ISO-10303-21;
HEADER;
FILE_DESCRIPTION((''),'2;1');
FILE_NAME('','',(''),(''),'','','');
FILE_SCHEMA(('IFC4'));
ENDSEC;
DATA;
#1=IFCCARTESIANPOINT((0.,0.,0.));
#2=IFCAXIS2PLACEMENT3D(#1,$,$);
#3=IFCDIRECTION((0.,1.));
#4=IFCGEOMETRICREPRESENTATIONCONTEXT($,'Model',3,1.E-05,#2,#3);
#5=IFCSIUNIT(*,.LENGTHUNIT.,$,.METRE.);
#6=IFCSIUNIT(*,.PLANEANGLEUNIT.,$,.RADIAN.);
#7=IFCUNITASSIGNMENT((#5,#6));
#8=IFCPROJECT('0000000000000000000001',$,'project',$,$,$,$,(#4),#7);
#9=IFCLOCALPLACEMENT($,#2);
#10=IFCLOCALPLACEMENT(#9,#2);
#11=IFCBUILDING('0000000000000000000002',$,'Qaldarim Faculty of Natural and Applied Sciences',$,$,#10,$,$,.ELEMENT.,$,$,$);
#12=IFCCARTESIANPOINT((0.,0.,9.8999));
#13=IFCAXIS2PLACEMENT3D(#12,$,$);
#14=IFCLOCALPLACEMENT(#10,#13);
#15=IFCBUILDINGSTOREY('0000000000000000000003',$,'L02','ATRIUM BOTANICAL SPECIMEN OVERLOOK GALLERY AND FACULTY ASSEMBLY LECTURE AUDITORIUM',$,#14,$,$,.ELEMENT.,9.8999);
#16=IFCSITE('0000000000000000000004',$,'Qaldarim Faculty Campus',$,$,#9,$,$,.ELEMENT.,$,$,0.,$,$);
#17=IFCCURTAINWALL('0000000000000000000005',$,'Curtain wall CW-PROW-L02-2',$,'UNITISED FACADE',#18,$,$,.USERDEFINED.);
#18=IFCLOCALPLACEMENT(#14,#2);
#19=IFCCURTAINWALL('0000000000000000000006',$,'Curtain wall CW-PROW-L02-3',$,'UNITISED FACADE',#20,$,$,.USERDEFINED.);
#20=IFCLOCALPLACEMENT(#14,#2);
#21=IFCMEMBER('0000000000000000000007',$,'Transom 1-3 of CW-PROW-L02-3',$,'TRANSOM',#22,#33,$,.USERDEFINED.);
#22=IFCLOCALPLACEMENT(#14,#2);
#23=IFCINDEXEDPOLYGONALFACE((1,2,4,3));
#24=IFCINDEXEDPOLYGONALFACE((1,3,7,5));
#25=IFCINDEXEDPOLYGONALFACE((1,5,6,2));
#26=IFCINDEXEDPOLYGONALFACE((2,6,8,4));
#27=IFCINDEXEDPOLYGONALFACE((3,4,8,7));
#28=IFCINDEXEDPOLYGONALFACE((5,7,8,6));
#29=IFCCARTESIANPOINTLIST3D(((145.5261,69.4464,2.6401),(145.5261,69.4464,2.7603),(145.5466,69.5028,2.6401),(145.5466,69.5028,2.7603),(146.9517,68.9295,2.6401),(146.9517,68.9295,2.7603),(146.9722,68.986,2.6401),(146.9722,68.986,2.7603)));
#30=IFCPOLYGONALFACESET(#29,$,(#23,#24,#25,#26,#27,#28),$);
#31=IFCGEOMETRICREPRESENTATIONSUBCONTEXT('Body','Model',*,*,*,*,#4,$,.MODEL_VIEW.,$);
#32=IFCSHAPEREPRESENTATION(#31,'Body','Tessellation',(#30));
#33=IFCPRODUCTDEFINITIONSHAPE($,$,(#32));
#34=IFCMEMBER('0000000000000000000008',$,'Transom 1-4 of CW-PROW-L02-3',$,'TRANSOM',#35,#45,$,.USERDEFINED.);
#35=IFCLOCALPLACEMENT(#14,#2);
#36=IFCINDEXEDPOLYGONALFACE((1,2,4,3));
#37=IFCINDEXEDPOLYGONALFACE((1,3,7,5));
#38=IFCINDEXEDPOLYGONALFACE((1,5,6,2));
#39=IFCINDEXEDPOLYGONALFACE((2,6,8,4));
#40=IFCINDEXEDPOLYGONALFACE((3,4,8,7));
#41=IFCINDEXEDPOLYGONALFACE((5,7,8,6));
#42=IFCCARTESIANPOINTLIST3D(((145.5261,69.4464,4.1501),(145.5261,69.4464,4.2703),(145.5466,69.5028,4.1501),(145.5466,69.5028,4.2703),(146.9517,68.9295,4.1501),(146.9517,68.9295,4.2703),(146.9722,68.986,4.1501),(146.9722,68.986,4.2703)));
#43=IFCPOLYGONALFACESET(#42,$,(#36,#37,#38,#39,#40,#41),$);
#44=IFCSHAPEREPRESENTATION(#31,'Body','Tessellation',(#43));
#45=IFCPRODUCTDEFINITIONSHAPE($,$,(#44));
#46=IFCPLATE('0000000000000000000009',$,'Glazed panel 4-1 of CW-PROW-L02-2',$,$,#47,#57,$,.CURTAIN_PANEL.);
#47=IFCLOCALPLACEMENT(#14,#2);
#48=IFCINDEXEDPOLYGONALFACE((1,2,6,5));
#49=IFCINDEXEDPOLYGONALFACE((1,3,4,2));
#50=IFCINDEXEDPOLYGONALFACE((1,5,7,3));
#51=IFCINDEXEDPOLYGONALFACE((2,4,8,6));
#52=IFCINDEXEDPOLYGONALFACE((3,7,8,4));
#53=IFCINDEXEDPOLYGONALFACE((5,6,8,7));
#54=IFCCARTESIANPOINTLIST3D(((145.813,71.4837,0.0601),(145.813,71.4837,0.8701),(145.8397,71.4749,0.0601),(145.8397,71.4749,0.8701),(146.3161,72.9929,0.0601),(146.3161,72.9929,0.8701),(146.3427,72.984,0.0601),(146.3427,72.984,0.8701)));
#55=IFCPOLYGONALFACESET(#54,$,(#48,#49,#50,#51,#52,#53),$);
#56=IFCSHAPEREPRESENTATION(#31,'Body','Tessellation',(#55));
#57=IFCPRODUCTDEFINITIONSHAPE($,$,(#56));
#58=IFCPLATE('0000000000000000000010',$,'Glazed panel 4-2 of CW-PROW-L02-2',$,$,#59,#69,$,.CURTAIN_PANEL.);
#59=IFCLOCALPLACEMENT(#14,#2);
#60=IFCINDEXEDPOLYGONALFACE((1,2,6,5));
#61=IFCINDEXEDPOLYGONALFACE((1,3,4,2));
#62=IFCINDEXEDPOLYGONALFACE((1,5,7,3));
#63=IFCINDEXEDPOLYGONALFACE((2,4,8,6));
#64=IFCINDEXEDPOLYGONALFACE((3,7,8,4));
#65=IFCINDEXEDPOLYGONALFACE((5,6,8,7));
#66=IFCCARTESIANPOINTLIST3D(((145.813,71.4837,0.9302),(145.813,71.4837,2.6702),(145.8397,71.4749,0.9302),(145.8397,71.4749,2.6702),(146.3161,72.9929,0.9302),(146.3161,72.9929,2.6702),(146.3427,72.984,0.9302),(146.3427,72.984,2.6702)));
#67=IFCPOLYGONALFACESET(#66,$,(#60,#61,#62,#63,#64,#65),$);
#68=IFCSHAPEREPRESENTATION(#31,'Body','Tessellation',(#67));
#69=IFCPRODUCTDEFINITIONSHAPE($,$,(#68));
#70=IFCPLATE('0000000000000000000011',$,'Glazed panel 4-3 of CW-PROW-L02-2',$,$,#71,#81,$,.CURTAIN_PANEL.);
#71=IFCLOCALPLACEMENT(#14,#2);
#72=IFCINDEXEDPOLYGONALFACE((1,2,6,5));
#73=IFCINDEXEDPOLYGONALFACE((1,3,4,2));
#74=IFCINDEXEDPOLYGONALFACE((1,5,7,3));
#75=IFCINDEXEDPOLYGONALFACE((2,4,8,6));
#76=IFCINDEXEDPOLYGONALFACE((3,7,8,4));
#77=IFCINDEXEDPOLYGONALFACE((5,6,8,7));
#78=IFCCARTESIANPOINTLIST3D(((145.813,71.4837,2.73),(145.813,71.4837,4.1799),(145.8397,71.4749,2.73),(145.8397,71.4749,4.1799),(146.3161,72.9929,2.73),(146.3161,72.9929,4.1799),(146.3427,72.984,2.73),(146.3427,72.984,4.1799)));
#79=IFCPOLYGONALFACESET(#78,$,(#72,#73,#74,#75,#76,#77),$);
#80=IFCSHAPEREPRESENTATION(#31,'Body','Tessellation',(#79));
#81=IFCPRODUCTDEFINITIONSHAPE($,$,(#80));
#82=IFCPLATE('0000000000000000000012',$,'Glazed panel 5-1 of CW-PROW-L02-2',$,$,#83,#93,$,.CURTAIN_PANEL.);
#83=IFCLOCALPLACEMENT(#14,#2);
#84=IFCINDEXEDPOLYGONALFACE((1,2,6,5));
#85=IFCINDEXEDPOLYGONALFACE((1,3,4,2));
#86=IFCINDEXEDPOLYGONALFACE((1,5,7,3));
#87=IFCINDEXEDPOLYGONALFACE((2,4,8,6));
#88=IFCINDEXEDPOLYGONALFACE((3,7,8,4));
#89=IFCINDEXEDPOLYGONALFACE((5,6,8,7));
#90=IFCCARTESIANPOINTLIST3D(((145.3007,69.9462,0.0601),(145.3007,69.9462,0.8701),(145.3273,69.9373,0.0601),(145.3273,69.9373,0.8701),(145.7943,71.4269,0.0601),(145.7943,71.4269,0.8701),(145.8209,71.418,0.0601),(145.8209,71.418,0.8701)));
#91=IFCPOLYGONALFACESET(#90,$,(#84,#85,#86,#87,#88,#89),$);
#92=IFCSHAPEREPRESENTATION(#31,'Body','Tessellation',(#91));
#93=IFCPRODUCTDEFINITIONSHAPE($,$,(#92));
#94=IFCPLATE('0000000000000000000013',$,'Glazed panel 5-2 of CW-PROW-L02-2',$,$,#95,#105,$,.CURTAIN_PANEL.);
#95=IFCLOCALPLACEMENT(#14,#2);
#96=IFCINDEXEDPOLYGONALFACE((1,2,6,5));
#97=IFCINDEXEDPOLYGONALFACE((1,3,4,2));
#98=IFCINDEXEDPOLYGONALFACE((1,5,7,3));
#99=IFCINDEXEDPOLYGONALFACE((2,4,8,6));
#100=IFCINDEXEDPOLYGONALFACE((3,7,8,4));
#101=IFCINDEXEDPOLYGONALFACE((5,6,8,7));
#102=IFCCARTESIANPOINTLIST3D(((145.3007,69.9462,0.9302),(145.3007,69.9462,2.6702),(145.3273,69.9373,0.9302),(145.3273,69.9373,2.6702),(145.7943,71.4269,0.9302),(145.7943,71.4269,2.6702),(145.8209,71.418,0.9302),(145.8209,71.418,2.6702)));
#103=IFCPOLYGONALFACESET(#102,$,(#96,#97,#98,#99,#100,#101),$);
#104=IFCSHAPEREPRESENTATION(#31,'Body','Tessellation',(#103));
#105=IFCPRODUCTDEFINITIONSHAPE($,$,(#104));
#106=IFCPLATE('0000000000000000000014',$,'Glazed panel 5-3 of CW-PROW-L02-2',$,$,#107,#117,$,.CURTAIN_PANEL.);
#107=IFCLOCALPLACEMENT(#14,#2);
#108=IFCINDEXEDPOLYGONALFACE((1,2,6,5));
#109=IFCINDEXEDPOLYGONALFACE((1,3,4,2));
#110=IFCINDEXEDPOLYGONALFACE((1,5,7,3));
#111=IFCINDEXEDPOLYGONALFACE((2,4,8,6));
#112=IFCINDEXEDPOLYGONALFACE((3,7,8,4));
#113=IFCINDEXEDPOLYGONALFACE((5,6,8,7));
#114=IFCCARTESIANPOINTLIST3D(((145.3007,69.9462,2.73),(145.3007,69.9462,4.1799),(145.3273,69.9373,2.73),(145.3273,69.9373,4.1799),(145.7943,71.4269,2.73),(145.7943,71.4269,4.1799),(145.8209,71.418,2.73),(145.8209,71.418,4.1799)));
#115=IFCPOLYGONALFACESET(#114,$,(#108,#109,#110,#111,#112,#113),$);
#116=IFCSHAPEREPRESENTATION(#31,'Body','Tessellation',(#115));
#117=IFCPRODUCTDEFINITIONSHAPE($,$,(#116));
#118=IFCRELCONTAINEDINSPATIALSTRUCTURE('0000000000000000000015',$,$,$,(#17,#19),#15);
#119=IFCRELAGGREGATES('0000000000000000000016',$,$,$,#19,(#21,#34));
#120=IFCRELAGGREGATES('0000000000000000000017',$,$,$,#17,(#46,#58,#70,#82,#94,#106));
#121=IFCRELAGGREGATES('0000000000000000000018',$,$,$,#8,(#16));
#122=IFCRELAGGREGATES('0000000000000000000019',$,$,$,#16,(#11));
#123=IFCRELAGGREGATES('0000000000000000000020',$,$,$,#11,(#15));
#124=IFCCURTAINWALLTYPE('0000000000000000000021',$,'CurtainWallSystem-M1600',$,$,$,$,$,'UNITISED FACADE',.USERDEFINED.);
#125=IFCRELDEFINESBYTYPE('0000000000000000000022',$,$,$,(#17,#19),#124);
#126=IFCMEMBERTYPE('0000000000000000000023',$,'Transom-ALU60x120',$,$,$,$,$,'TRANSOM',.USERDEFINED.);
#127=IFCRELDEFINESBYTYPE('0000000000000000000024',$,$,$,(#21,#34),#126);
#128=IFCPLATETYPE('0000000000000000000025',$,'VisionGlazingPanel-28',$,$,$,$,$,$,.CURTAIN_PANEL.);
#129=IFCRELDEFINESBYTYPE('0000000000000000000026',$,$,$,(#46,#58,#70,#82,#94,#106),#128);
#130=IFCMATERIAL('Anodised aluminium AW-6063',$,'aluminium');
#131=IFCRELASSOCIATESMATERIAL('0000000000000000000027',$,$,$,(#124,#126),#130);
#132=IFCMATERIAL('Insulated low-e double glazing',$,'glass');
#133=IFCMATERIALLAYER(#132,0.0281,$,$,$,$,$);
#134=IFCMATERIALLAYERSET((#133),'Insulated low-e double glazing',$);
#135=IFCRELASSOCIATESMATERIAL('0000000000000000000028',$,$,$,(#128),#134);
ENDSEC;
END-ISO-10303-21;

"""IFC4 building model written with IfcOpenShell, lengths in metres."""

from ifc_helpers import new_model, si_unit, direction, frame, origin, origin_2d, place, context, subcontext, project, spatial, rectangle, extrude, material, layer, layer_set, material_profile, profile_set, type_object, element, aggregate, save


model = new_model("IFC4")

# Units and contexts
model_context = context("Model", 3, precision=1e-05, world=origin(), true_north=direction((0.0, 1.0)))
body_context = subcontext(model_context, "Body", "Model", "MODEL_VIEW")
ifc_project = project(units=[si_unit("LENGTHUNIT", "METRE"), si_unit("PLANEANGLEUNIT", "RADIAN")], contexts=[model_context])

# Site, building, storey
site_placement = place(None, origin())
site = spatial("IfcSite", under=ifc_project, at=site_placement, Name="Qaldarim Faculty Campus", CompositionType="ELEMENT", RefElevation=0.0)
building_placement = place(site_placement, origin())
building = spatial("IfcBuilding", under=site, at=building_placement, Name="Qaldarim Faculty of Natural and Applied Sciences", CompositionType="ELEMENT")
storey_placement = place(building_placement, frame((0.0, 0.0, 9.8999)))
storey = spatial("IfcBuildingStorey", under=building, at=storey_placement, Name="L02", Description="ATRIUM BOTANICAL SPECIMEN OVERLOOK GALLERY AND FACULTY ASSEMBLY LECTURE AUDITORIUM", CompositionType="ELEMENT", Elevation=9.8999)

# Curtain wall
ifc_material_1 = material(Name="Anodised aluminium AW-6063", Category="aluminium")
curtain_wall_type = type_object("IfcCurtainWallType", Name="CurtainWallSystem-M1600", ElementType="UNITISED FACADE", PredefinedType="USERDEFINED", material=ifc_material_1)
curtain_wall_1_placement = place(storey_placement, origin())
curtain_wall_1 = element("IfcCurtainWall", 1, at=curtain_wall_1_placement, inside=storey, type_object=curtain_wall_type, Name="Curtain wall CW-PROW-L02-2", ObjectType="UNITISED FACADE", PredefinedType="USERDEFINED")

# Curtain wall
curtain_wall_2_placement = place(storey_placement, origin())
curtain_wall_2 = element("IfcCurtainWall", 2, at=curtain_wall_2_placement, inside=storey, type_object=curtain_wall_type, Name="Curtain wall CW-PROW-L02-3", ObjectType="UNITISED FACADE", PredefinedType="USERDEFINED")

# Members
ifc_material_profile_1 = material_profile(ifc_material_1, rectangle(XDim=0.0601, YDim=0.1201, at=origin_2d()), Name="ALU-T60x120")
ifc_profile_set_1 = profile_set([ifc_material_profile_1], Name="Anodised aluminium AW-6063")
member_type_1 = type_object("IfcMemberType", Name="Transom-ALU60x120", ElementType="TRANSOM", PredefinedType="USERDEFINED", material=ifc_profile_set_1)
member_1_placement = place(storey_placement, frame((145.5364, 69.4746, 2.7002), z_axis=(0.940117, -0.340851, 0.0), x_axis=(0.340851, 0.940117, 0.0)))
member_1 = element("IfcMember", 3, at=member_1_placement, type_object=member_type_1, Name="Transom 1-3 of CW-PROW-L02-3", ObjectType="TRANSOM", PredefinedType="USERDEFINED", context=body_context, shape_type="SweptSolid", body=[
    extrude(rectangle(XDim=0.0601, YDim=0.1201, at=origin_2d()), origin(), (0.0, 0.0, 1.0), 1.5164),
])
member_2_placement = place(storey_placement, frame((145.5364, 69.4746, 4.2102), z_axis=(0.940117, -0.340851, 0.0), x_axis=(0.340851, 0.940117, 0.0)))
member_2 = element("IfcMember", 4, at=member_2_placement, type_object=member_type_1, Name="Transom 1-4 of CW-PROW-L02-3", ObjectType="TRANSOM", PredefinedType="USERDEFINED", context=body_context, shape_type="SweptSolid", body=[
    extrude(rectangle(XDim=0.0601, YDim=0.1201, at=origin_2d()), origin(), (0.0, 0.0, 1.0), 1.5164),
])
aggregate(curtain_wall_2, [member_1, member_2])

# Plates
ifc_material_2 = material(Name="Insulated low-e double glazing", Category="glass")
ifc_layer = layer(ifc_material_2, 0.0281)
ifc_layer_set = layer_set([ifc_layer], Name="Insulated low-e double glazing")
plate_type = type_object("IfcPlateType", Name="VisionGlazingPanel-28", PredefinedType="CURTAIN_PANEL", material=ifc_layer_set)
plate_1_placement = place(storey_placement, frame((146.0779, 72.2339, 0.0601), z_axis=(0.0, 0.0, 1.0), x_axis=(-0.316229, -0.948683, 0.0)))
plate_1 = element("IfcPlate", 5, at=plate_1_placement, type_object=plate_type, Name="Glazed panel 4-1 of CW-PROW-L02-2", PredefinedType="CURTAIN_PANEL", context=body_context, shape_type="SweptSolid", body=[
    extrude(rectangle(XDim=1.5908, YDim=0.0281, at=origin_2d()), origin(), (0.0, 0.0, 1.0), 0.8101),
])
plate_2_placement = place(storey_placement, frame((146.0779, 72.2339, 0.9302), z_axis=(0.0, 0.0, 1.0), x_axis=(-0.316229, -0.948683, 0.0)))
plate_2 = element("IfcPlate", 6, at=plate_2_placement, type_object=plate_type, Name="Glazed panel 4-2 of CW-PROW-L02-2", PredefinedType="CURTAIN_PANEL", context=body_context, shape_type="SweptSolid", body=[
    extrude(rectangle(XDim=1.5908, YDim=0.0281, at=origin_2d()), origin(), (0.0, 0.0, 1.0), 1.74),
])
plate_3_placement = place(storey_placement, frame((146.0779, 72.2339, 2.73), z_axis=(0.0, 0.0, 1.0), x_axis=(-0.316229, -0.948683, 0.0)))
plate_3 = element("IfcPlate", 7, at=plate_3_placement, type_object=plate_type, Name="Glazed panel 4-3 of CW-PROW-L02-2", PredefinedType="CURTAIN_PANEL", context=body_context, shape_type="SweptSolid", body=[
    extrude(rectangle(XDim=1.5908, YDim=0.0281, at=origin_2d()), origin(), (0.0, 0.0, 1.0), 1.45),
])
plate_4_placement = place(storey_placement, frame((145.5608, 70.6821, 0.0601), z_axis=(0.0, 0.0, 1.0), x_axis=(-0.316229, -0.948683, 0.0)))
plate_4 = element("IfcPlate", 8, at=plate_4_placement, type_object=plate_type, Name="Glazed panel 5-1 of CW-PROW-L02-2", PredefinedType="CURTAIN_PANEL", context=body_context, shape_type="SweptSolid", body=[
    extrude(rectangle(XDim=1.5608, YDim=0.0281, at=origin_2d()), origin(), (0.0, 0.0, 1.0), 0.8101),
])
plate_5_placement = place(storey_placement, frame((145.5608, 70.6821, 0.9302), z_axis=(0.0, 0.0, 1.0), x_axis=(-0.316229, -0.948683, 0.0)))
plate_5 = element("IfcPlate", 9, at=plate_5_placement, type_object=plate_type, Name="Glazed panel 5-2 of CW-PROW-L02-2", PredefinedType="CURTAIN_PANEL", context=body_context, shape_type="SweptSolid", body=[
    extrude(rectangle(XDim=1.5608, YDim=0.0281, at=origin_2d()), origin(), (0.0, 0.0, 1.0), 1.74),
])
plate_6_placement = place(storey_placement, frame((145.5608, 70.6821, 2.73), z_axis=(0.0, 0.0, 1.0), x_axis=(-0.316229, -0.948683, 0.0)))
plate_6 = element("IfcPlate", 10, at=plate_6_placement, type_object=plate_type, Name="Glazed panel 5-3 of CW-PROW-L02-2", PredefinedType="CURTAIN_PANEL", context=body_context, shape_type="SweptSolid", body=[
    extrude(rectangle(XDim=1.5608, YDim=0.0281, at=origin_2d()), origin(), (0.0, 0.0, 1.0), 1.45),
])
aggregate(curtain_wall_1, [plate_1, plate_2, plate_3, plate_4, plate_5, plate_6])

save(model, "model.ifc")
